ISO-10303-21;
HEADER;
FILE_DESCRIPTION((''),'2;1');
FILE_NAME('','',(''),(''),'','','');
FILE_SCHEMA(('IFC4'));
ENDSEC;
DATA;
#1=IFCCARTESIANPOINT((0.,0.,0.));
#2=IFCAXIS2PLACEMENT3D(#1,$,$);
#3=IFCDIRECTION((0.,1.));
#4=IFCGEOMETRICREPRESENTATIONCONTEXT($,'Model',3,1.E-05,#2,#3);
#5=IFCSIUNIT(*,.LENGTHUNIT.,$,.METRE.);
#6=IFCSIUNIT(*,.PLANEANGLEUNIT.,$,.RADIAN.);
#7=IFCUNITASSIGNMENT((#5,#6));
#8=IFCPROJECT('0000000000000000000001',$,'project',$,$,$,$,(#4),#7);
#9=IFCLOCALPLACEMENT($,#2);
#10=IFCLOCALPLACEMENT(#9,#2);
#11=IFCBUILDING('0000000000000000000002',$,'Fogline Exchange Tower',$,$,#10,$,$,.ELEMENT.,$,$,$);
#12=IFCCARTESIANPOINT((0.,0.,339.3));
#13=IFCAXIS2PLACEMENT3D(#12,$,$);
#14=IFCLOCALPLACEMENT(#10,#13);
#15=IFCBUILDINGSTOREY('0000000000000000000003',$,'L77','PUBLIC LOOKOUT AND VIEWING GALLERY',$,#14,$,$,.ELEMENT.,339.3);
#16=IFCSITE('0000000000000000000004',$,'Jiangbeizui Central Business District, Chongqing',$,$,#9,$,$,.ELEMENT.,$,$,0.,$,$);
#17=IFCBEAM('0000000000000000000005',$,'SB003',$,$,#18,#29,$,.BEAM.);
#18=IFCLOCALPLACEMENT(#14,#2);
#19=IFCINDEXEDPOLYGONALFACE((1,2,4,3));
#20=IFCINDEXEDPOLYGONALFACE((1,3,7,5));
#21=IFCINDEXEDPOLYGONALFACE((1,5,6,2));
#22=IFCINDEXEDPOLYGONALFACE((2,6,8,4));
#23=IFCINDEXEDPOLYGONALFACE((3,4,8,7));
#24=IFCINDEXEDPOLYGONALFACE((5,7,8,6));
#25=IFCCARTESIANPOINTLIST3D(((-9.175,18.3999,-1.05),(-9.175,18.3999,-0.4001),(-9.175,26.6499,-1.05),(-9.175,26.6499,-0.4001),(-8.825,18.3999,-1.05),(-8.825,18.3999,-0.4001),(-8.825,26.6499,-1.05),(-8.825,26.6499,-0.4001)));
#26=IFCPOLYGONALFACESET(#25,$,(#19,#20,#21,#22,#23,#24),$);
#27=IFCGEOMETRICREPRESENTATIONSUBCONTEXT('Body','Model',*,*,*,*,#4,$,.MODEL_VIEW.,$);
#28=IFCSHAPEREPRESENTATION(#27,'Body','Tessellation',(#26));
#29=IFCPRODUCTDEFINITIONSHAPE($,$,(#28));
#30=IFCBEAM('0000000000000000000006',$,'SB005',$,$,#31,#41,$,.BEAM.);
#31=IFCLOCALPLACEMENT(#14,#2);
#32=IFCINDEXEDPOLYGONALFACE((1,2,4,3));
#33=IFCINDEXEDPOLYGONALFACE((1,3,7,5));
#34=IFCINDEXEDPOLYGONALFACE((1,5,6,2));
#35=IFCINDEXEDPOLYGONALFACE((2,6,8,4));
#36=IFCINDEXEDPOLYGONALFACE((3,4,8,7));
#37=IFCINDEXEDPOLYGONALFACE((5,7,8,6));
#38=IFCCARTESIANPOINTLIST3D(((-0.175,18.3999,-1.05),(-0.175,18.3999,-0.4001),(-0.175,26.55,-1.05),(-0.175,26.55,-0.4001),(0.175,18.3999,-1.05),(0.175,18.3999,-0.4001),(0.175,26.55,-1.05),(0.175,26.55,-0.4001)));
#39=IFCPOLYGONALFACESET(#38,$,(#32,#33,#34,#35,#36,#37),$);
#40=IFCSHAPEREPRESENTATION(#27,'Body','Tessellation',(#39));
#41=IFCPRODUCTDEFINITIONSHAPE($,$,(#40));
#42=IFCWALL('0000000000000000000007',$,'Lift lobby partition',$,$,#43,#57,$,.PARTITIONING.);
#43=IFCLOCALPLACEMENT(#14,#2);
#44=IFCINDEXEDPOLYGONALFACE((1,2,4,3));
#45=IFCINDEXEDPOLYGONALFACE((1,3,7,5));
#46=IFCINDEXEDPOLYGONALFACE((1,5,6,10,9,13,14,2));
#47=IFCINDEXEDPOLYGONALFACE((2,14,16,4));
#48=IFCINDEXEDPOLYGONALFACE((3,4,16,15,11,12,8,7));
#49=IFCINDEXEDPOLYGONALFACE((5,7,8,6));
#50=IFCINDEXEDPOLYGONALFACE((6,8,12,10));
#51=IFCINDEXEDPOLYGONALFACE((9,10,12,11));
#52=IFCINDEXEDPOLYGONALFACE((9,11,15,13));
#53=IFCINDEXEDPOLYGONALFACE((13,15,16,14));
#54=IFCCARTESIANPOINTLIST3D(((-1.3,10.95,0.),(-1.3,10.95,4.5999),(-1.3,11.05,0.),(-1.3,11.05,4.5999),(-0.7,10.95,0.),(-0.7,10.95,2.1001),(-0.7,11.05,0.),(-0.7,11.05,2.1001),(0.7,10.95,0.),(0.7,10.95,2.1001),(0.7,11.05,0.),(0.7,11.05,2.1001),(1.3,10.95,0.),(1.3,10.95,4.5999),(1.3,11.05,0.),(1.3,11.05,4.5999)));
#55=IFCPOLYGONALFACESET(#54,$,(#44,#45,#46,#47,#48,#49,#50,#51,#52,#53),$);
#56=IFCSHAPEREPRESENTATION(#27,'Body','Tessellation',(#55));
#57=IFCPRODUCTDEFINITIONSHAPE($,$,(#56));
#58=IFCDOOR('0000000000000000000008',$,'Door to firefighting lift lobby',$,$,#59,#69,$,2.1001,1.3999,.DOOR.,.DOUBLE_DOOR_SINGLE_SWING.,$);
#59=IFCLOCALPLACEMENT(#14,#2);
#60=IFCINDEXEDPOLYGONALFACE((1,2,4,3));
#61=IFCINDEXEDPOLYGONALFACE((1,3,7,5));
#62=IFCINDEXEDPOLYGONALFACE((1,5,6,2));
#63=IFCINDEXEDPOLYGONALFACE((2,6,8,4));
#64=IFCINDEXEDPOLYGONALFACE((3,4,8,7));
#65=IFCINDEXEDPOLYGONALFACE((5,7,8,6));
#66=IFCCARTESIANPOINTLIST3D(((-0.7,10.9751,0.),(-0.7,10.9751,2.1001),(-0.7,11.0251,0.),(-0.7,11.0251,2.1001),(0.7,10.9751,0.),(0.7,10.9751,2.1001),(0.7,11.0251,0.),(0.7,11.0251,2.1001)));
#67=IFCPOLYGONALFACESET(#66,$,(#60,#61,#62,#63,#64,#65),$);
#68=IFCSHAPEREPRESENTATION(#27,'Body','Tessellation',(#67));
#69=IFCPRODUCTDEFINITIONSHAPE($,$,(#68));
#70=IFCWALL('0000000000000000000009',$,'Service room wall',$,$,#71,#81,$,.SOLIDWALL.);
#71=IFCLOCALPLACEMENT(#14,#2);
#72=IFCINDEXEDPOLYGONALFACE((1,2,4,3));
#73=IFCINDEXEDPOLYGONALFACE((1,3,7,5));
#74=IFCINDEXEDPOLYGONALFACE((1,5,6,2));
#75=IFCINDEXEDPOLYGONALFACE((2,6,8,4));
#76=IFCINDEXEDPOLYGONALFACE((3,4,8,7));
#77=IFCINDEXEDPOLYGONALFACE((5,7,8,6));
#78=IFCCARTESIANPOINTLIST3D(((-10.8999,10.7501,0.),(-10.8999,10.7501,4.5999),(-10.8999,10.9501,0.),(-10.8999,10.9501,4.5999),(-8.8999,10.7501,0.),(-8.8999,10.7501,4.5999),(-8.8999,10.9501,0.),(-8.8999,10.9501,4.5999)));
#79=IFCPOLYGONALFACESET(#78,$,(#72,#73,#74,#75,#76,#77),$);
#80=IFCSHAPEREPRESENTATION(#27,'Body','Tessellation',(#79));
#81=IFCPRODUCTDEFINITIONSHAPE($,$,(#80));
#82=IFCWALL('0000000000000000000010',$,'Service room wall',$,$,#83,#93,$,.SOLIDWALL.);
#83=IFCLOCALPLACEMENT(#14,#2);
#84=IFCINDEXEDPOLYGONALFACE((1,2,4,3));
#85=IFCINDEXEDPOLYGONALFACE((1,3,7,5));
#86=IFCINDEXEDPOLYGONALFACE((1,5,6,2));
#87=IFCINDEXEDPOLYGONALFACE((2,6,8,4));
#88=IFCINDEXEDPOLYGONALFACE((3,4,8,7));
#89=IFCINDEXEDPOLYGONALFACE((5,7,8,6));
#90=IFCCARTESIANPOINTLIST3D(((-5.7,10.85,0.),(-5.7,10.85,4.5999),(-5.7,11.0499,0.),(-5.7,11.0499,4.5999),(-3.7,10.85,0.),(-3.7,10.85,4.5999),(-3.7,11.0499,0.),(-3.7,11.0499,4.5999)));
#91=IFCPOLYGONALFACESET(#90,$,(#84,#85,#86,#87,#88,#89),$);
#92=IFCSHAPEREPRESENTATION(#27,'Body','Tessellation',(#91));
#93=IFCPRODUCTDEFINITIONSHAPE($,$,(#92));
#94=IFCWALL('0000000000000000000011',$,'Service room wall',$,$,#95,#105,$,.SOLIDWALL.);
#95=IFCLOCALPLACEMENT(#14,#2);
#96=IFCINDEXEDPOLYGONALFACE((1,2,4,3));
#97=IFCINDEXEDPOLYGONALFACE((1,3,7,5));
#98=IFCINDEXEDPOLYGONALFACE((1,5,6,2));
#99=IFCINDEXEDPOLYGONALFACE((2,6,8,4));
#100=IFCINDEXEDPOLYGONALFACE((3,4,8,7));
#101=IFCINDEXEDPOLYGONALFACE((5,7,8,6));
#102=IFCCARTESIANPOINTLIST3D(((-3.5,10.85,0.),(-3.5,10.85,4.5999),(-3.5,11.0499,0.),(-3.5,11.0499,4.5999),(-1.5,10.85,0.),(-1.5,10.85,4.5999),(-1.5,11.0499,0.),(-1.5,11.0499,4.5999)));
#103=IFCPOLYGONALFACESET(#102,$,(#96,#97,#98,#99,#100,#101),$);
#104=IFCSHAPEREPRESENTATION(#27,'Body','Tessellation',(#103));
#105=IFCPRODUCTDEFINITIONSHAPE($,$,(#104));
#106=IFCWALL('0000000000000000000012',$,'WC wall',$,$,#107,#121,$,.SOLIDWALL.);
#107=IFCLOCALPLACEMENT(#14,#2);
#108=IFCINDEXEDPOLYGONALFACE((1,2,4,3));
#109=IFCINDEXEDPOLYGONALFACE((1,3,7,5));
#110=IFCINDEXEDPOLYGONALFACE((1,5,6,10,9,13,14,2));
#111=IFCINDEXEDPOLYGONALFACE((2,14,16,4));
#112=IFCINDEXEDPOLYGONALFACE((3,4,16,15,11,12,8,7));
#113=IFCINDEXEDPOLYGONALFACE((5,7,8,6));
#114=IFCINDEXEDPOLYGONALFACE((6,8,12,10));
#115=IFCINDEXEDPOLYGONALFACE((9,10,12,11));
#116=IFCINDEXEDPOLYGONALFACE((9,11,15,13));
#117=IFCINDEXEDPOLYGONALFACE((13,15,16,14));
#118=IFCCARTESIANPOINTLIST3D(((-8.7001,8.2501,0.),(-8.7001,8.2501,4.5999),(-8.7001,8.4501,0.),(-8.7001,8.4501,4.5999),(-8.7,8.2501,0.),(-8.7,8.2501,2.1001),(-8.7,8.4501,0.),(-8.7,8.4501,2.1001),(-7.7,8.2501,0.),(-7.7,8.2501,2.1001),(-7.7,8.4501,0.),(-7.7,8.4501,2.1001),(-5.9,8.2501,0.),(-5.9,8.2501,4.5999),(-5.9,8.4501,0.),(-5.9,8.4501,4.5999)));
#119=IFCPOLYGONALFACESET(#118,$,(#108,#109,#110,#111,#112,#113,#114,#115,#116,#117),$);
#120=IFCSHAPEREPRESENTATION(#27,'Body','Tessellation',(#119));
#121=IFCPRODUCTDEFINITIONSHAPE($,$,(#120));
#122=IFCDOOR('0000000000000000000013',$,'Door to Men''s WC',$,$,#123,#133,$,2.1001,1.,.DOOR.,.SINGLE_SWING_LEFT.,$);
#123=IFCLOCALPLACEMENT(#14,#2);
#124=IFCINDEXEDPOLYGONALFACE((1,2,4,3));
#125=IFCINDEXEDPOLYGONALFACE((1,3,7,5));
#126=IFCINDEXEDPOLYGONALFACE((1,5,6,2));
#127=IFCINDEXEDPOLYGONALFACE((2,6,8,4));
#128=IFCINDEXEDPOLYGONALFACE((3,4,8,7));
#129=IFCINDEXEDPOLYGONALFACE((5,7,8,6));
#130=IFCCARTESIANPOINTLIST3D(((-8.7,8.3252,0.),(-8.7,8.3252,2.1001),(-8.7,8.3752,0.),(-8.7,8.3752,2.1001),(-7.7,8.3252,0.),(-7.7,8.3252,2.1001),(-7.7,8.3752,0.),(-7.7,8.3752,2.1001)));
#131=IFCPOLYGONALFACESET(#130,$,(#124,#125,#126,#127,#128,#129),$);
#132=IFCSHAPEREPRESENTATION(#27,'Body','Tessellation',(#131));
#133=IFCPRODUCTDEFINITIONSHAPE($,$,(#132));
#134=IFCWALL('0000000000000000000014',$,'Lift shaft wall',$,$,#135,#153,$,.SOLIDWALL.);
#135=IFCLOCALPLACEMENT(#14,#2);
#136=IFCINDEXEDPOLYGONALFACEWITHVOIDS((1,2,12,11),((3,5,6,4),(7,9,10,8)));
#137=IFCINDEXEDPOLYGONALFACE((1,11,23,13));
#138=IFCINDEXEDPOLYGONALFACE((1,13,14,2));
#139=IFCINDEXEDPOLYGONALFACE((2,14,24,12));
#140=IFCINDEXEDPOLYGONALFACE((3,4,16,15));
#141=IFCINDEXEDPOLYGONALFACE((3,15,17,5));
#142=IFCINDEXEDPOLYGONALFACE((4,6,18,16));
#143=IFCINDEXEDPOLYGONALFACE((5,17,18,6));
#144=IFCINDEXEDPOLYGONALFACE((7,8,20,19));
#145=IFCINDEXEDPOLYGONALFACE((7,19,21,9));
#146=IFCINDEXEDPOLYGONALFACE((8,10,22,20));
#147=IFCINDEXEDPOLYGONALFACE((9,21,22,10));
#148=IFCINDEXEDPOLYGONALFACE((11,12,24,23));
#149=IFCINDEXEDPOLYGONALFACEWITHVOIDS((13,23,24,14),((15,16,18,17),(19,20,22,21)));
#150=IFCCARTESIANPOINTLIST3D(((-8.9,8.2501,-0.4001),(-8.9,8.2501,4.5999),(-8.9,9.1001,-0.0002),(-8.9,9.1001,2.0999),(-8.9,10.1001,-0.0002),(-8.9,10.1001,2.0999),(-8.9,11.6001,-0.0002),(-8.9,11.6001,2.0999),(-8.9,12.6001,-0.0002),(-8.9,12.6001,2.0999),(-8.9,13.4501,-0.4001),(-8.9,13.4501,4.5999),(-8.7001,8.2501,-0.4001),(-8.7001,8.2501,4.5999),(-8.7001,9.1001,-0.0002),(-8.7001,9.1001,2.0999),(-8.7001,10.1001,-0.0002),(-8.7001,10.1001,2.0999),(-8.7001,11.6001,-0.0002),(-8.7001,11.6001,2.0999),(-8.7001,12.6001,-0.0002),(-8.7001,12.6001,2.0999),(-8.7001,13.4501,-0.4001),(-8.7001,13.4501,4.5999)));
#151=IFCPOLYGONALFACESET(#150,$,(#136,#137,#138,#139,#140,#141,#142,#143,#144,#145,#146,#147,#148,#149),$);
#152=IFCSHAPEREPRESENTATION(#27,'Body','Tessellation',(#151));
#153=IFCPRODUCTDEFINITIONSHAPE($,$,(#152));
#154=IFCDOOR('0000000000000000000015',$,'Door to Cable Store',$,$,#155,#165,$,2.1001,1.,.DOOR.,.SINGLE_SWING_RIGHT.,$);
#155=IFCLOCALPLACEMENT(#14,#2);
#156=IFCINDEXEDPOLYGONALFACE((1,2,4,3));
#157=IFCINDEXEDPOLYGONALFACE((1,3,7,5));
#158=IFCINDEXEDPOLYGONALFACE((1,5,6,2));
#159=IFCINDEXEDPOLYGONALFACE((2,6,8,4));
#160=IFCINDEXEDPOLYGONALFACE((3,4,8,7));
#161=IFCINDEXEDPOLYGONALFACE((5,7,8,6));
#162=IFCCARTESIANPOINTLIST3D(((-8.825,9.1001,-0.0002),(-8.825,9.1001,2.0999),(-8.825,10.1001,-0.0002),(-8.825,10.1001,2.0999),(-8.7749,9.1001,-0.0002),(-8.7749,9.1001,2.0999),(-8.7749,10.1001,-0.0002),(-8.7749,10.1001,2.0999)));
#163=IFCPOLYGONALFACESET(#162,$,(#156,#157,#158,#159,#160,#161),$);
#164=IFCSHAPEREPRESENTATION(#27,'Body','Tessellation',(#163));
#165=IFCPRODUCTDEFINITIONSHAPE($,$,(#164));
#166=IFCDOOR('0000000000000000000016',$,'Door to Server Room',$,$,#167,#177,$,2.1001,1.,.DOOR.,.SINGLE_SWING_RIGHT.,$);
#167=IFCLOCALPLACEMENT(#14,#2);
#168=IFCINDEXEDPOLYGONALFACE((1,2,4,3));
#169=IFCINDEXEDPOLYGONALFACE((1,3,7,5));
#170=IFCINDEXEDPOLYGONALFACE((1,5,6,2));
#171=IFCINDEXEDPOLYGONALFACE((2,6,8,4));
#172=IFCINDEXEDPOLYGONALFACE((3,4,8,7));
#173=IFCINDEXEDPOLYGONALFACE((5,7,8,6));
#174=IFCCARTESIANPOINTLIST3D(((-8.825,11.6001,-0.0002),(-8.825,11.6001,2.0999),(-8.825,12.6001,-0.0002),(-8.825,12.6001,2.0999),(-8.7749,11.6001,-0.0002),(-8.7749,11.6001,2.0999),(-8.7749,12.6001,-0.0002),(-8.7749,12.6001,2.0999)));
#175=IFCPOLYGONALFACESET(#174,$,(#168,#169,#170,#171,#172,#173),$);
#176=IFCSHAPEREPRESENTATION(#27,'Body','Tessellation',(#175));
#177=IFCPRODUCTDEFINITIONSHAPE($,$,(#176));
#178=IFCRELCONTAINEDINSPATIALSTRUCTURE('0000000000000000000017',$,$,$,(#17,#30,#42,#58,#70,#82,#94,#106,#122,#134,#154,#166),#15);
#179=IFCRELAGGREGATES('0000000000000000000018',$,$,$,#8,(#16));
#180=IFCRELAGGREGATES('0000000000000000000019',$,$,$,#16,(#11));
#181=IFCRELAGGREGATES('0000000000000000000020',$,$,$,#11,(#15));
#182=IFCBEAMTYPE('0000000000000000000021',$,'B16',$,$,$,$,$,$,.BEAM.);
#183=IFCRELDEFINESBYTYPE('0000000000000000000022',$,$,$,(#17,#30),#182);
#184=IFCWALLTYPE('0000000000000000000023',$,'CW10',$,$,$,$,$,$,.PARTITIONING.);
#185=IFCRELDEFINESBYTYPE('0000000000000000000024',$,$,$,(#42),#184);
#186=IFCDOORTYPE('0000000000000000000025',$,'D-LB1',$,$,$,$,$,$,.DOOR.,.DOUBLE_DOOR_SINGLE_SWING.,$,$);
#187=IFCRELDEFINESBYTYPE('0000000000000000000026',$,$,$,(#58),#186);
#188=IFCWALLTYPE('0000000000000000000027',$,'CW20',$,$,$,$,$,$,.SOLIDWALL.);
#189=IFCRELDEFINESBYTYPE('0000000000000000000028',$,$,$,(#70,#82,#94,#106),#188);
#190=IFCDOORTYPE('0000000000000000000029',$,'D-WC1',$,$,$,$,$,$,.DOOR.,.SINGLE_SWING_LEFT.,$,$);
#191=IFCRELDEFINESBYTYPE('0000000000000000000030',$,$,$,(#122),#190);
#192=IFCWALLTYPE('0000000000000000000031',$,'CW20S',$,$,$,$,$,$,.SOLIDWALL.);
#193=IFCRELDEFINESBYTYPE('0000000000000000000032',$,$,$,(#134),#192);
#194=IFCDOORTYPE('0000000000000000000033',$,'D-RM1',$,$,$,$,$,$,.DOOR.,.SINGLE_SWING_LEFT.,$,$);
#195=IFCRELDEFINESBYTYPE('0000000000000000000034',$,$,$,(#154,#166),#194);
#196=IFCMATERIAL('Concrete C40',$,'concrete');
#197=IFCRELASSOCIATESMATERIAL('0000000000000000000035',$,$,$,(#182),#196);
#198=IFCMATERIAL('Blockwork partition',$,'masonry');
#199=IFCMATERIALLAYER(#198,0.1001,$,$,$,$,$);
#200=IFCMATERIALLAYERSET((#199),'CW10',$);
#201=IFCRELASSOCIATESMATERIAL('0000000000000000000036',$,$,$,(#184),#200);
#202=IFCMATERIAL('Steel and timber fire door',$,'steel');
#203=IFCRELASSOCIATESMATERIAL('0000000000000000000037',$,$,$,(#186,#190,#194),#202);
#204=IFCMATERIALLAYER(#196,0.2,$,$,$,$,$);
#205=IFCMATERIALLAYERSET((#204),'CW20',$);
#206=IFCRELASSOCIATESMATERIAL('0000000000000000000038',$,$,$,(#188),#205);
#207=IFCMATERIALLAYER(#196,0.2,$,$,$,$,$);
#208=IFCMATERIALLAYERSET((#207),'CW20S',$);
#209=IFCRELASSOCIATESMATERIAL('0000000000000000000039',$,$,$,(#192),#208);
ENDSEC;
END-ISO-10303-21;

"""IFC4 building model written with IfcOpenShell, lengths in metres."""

from ifc_helpers import new_model, si_unit, direction, frame, frame_2d, origin, origin_2d, place, context, subcontext, project, spatial, rectangle, extrude, material, layer, layer_set, material_profile, profile_set, type_object, element, fill, save


model = new_model("IFC4")

# Units and contexts
model_context = context("Model", 3, precision=1e-05, world=origin(), true_north=direction((0.0, 1.0)))
body_context = subcontext(model_context, "Body", "Model", "MODEL_VIEW")
ifc_project = project(units=[si_unit("LENGTHUNIT", "METRE"), si_unit("PLANEANGLEUNIT", "RADIAN")], contexts=[model_context])

# Site, building, storey
site_placement = place(None, origin())
site = spatial("IfcSite", under=ifc_project, at=site_placement, Name="Jiangbeizui Central Business District, Chongqing", CompositionType="ELEMENT", RefElevation=0.0)
building_placement = place(site_placement, origin())
building = spatial("IfcBuilding", under=site, at=building_placement, Name="Fogline Exchange Tower", CompositionType="ELEMENT")
storey_placement = place(building_placement, frame((0.0, 0.0, 339.3)))
storey = spatial("IfcBuildingStorey", under=building, at=storey_placement, Name="L77", Description="PUBLIC LOOKOUT AND VIEWING GALLERY", CompositionType="ELEMENT", Elevation=339.3)

# Beams
ifc_material_1 = material(Name="Concrete C40", Category="concrete")
ifc_material_profile = material_profile(ifc_material_1, rectangle(XDim=0.3501, YDim=0.6499, at=origin_2d()), Name="RC 350x650")
ifc_profile_set = profile_set([ifc_material_profile], Name="Concrete C40")
beam_type = type_object("IfcBeamType", Name="B16", PredefinedType="BEAM", material=ifc_profile_set)
beam_1_placement = place(storey_placement, frame((-9.0, 18.3999, -0.7251), z_axis=(0.0, 1.0, 0.0), x_axis=(-1.0, 0.0, 0.0)))
element("IfcBeam", 1, at=beam_1_placement, inside=storey, type_object=beam_type, Name="SB003", PredefinedType="BEAM", context=body_context, shape_type="SweptSolid", body=[
    extrude(rectangle(XDim=0.3501, YDim=0.6499, at=origin_2d()), origin(), (0.0, 0.0, 1.0), 8.25),
])
beam_2_placement = place(storey_placement, frame((0.0, 18.3999, -0.7251), z_axis=(0.0, 1.0, 0.0), x_axis=(-1.0, 0.0, 0.0)))
element("IfcBeam", 2, at=beam_2_placement, inside=storey, type_object=beam_type, Name="SB005", PredefinedType="BEAM", context=body_context, shape_type="SweptSolid", body=[
    extrude(rectangle(XDim=0.3501, YDim=0.6499, at=origin_2d()), origin(), (0.0, 0.0, 1.0), 8.1501),
])

# Wall, opening, door
ifc_material_2 = material(Name="Blockwork partition", Category="masonry")
ifc_layer_1 = layer(ifc_material_2, 0.1001)
ifc_layer_set_1 = layer_set([ifc_layer_1], Name="CW10")
wall_type_1 = type_object("IfcWallType", Name="CW10", PredefinedType="PARTITIONING", material=ifc_layer_set_1)
wall_1_placement = place(storey_placement, frame((-1.3, 11.0, 0.0), z_axis=(0.0, 0.0, 1.0), x_axis=(1.0, 0.0, 0.0)))
wall_1 = element("IfcWall", 3, at=wall_1_placement, inside=storey, type_object=wall_type_1, Name="Lift lobby partition", PredefinedType="PARTITIONING", context=body_context, shape_type="SweptSolid", body=[
    extrude(rectangle(XDim=2.6001, YDim=0.1001, at=frame_2d((1.3, 0.0))), origin(), (0.0, 0.0, 1.0), 4.5999),
])
opening_1_placement = place(wall_1_placement, frame((0.6001, 0.0, 0.0)))
opening_1 = element("IfcOpeningElement", 4, at=opening_1_placement, cuts=wall_1, PredefinedType="OPENING", context=body_context, shape_type="SweptSolid", body=[
    extrude(rectangle(XDim=1.3999, YDim=2.1001, at=frame_2d((0.7, 1.05))), frame((0.0, 0.0601, 0.0), z_axis=(0.0, -1.0, 0.0), x_axis=(1.0, 0.0, 0.0)), (0.0, 0.0, 1.0), 0.1201),
])
ifc_material_3 = material(Name="Steel and timber fire door", Category="steel")
door_type_1 = type_object("IfcDoorType", Name="D-LB1", OperationType="DOUBLE_DOOR_SINGLE_SWING", PredefinedType="DOOR", material=ifc_material_3)
door_1_placement = place(opening_1_placement, frame((1.3999, 0.0, 0.0), z_axis=(0.0, 0.0, 1.0), x_axis=(-1.0, 0.0, 0.0)))
door_1 = element("IfcDoor", 5, at=door_1_placement, inside=storey, type_object=door_type_1, Name="Door to firefighting lift lobby", OperationType="DOUBLE_DOOR_SINGLE_SWING", OverallHeight=2.1001, OverallWidth=1.3999, PredefinedType="DOOR", context=body_context, shape_type="SweptSolid", body=[
    extrude(rectangle(XDim=1.3999, YDim=2.1001, at=frame_2d((0.7, 1.05))), frame((0.0, 0.0249, 0.0), z_axis=(0.0, -1.0, 0.0), x_axis=(1.0, 0.0, 0.0)), (0.0, 0.0, 1.0), 0.05),
])
fill(opening_1, door_1)

# Walls
ifc_layer_2 = layer(ifc_material_1, 0.2)
ifc_layer_set_2 = layer_set([ifc_layer_2], Name="CW20")
wall_type_2 = type_object("IfcWallType", Name="CW20", PredefinedType="SOLIDWALL", material=ifc_layer_set_2)
for number, where, z_axis, x_axis, name in (
    (6, (-10.8999, 10.8501, 0.0), (0.0, 0.0, 1.0), (1.0, 0.0, 0.0), "Service room wall"),
    (7, (-5.7, 10.95, 0.0), (0.0, 0.0, 1.0), (1.0, 0.0, 0.0), "Service room wall"),
    (8, (-3.5, 10.95, 0.0), (0.0, 0.0, 1.0), (1.0, 0.0, 0.0), "Service room wall"),
):
    element("IfcWall", number, at=place(storey_placement, frame(where, z_axis=z_axis, x_axis=x_axis)), inside=storey, type_object=wall_type_2, Name=name, PredefinedType="SOLIDWALL", context=body_context, shape_type="SweptSolid", body=[
        extrude(rectangle(XDim=2.0, YDim=0.2, at=frame_2d((1.0, 0.0))), origin(), (0.0, 0.0, 1.0), 4.5999),
    ])

# Wall, opening, door
wall_2_placement = place(storey_placement, frame((-8.7, 8.3501, 0.0), z_axis=(0.0, 0.0, 1.0), x_axis=(1.0, 0.0, 0.0)))
wall_2 = element("IfcWall", 9, at=wall_2_placement, inside=storey, type_object=wall_type_2, Name="WC wall", PredefinedType="SOLIDWALL", context=body_context, shape_type="SweptSolid", body=[
    extrude(rectangle(XDim=2.8, YDim=0.2, at=frame_2d((1.3999, 0.0))), origin(), (0.0, 0.0, 1.0), 4.5999),
])
opening_2_placement = place(wall_2_placement, origin())
opening_2 = element("IfcOpeningElement", 10, at=opening_2_placement, cuts=wall_2, PredefinedType="OPENING", context=body_context, shape_type="SweptSolid", body=[
    extrude(rectangle(XDim=1.0, YDim=2.1001, at=frame_2d((0.5, 1.05))), frame((0.0, 0.1099, 0.0), z_axis=(0.0, -1.0, 0.0), x_axis=(1.0, 0.0, 0.0)), (0.0, 0.0, 1.0), 0.22),
])
door_type_2 = type_object("IfcDoorType", Name="D-WC1", OperationType="SINGLE_SWING_LEFT", PredefinedType="DOOR", material=ifc_material_3)
door_2_placement = place(opening_2_placement, frame((1.0, 0.0, 0.0), z_axis=(0.0, 0.0, 1.0), x_axis=(-1.0, 0.0, 0.0)))
door_2 = element("IfcDoor", 11, at=door_2_placement, inside=storey, type_object=door_type_2, Name="Door to Men's WC", OperationType="SINGLE_SWING_LEFT", OverallHeight=2.1001, OverallWidth=1.0, PredefinedType="DOOR", context=body_context, shape_type="SweptSolid", body=[
    extrude(rectangle(XDim=1.0, YDim=2.1001, at=frame_2d((0.5, 1.05))), frame((0.0, 0.0249, 0.0), z_axis=(0.0, -1.0, 0.0), x_axis=(1.0, 0.0, 0.0)), (0.0, 0.0, 1.0), 0.05),
])
fill(opening_2, door_2)

# Wall, openings, doors
ifc_layer_3 = layer(ifc_material_1, 0.2)
ifc_layer_set_3 = layer_set([ifc_layer_3], Name="CW20S")
wall_type_3 = type_object("IfcWallType", Name="CW20S", PredefinedType="SOLIDWALL", material=ifc_layer_set_3)
wall_3_placement = place(storey_placement, frame((-8.8, 8.25, -0.4001), z_axis=(0.0, 0.0, 1.0), x_axis=(0.0, 1.0, 0.0)))
wall_3 = element("IfcWall", 12, at=wall_3_placement, inside=storey, type_object=wall_type_3, Name="Lift shaft wall", PredefinedType="SOLIDWALL", context=body_context, shape_type="SweptSolid", body=[
    extrude(rectangle(XDim=5.2, YDim=0.2, at=frame_2d((2.6001, 0.0))), origin(), (0.0, 0.0, 1.0), 5.0),
])
opening_3_placement = place(wall_3_placement, frame((0.8501, 0.0, 0.3999)))
opening_3 = element("IfcOpeningElement", 13, at=opening_3_placement, cuts=wall_3, PredefinedType="OPENING", context=body_context, shape_type="SweptSolid", body=[
    extrude(rectangle(XDim=1.0, YDim=2.1001, at=frame_2d((0.5, 1.05))), frame((0.0, 0.1099, 0.0), z_axis=(0.0, -1.0, 0.0), x_axis=(1.0, 0.0, 0.0)), (0.0, 0.0, 1.0), 0.22),
])
opening_4_placement = place(wall_3_placement, frame((3.3501, 0.0, 0.3999)))
opening_4 = element("IfcOpeningElement", 14, at=opening_4_placement, cuts=wall_3, PredefinedType="OPENING", context=body_context, shape_type="SweptSolid", body=[
    extrude(rectangle(XDim=1.0, YDim=2.1001, at=frame_2d((0.5, 1.05))), frame((0.0, 0.1099, 0.0), z_axis=(0.0, -1.0, 0.0), x_axis=(1.0, 0.0, 0.0)), (0.0, 0.0, 1.0), 0.22),
])
door_type_3 = type_object("IfcDoorType", Name="D-RM1", OperationType="SINGLE_SWING_LEFT", PredefinedType="DOOR", material=ifc_material_3)
door_3_placement = place(opening_3_placement, origin())
door_3 = element("IfcDoor", 15, at=door_3_placement, inside=storey, type_object=door_type_3, Name="Door to Cable Store", OperationType="SINGLE_SWING_RIGHT", OverallHeight=2.1001, OverallWidth=1.0, PredefinedType="DOOR", context=body_context, shape_type="SweptSolid", body=[
    extrude(rectangle(XDim=1.0, YDim=2.1001, at=frame_2d((0.5, 1.05))), frame((0.0, 0.0249, 0.0), z_axis=(0.0, -1.0, 0.0), x_axis=(1.0, 0.0, 0.0)), (0.0, 0.0, 1.0), 0.05),
])
fill(opening_3, door_3)
door_4_placement = place(opening_4_placement, origin())
door_4 = element("IfcDoor", 16, at=door_4_placement, inside=storey, type_object=door_type_3, Name="Door to Server Room", OperationType="SINGLE_SWING_RIGHT", OverallHeight=2.1001, OverallWidth=1.0, PredefinedType="DOOR", context=body_context, shape_type="SweptSolid", body=[
    extrude(rectangle(XDim=1.0, YDim=2.1001, at=frame_2d((0.5, 1.05))), frame((0.0, 0.0249, 0.0), z_axis=(0.0, -1.0, 0.0), x_axis=(1.0, 0.0, 0.0)), (0.0, 0.0, 1.0), 0.05),
])
fill(opening_4, door_4)

save(model, "model.ifc")
